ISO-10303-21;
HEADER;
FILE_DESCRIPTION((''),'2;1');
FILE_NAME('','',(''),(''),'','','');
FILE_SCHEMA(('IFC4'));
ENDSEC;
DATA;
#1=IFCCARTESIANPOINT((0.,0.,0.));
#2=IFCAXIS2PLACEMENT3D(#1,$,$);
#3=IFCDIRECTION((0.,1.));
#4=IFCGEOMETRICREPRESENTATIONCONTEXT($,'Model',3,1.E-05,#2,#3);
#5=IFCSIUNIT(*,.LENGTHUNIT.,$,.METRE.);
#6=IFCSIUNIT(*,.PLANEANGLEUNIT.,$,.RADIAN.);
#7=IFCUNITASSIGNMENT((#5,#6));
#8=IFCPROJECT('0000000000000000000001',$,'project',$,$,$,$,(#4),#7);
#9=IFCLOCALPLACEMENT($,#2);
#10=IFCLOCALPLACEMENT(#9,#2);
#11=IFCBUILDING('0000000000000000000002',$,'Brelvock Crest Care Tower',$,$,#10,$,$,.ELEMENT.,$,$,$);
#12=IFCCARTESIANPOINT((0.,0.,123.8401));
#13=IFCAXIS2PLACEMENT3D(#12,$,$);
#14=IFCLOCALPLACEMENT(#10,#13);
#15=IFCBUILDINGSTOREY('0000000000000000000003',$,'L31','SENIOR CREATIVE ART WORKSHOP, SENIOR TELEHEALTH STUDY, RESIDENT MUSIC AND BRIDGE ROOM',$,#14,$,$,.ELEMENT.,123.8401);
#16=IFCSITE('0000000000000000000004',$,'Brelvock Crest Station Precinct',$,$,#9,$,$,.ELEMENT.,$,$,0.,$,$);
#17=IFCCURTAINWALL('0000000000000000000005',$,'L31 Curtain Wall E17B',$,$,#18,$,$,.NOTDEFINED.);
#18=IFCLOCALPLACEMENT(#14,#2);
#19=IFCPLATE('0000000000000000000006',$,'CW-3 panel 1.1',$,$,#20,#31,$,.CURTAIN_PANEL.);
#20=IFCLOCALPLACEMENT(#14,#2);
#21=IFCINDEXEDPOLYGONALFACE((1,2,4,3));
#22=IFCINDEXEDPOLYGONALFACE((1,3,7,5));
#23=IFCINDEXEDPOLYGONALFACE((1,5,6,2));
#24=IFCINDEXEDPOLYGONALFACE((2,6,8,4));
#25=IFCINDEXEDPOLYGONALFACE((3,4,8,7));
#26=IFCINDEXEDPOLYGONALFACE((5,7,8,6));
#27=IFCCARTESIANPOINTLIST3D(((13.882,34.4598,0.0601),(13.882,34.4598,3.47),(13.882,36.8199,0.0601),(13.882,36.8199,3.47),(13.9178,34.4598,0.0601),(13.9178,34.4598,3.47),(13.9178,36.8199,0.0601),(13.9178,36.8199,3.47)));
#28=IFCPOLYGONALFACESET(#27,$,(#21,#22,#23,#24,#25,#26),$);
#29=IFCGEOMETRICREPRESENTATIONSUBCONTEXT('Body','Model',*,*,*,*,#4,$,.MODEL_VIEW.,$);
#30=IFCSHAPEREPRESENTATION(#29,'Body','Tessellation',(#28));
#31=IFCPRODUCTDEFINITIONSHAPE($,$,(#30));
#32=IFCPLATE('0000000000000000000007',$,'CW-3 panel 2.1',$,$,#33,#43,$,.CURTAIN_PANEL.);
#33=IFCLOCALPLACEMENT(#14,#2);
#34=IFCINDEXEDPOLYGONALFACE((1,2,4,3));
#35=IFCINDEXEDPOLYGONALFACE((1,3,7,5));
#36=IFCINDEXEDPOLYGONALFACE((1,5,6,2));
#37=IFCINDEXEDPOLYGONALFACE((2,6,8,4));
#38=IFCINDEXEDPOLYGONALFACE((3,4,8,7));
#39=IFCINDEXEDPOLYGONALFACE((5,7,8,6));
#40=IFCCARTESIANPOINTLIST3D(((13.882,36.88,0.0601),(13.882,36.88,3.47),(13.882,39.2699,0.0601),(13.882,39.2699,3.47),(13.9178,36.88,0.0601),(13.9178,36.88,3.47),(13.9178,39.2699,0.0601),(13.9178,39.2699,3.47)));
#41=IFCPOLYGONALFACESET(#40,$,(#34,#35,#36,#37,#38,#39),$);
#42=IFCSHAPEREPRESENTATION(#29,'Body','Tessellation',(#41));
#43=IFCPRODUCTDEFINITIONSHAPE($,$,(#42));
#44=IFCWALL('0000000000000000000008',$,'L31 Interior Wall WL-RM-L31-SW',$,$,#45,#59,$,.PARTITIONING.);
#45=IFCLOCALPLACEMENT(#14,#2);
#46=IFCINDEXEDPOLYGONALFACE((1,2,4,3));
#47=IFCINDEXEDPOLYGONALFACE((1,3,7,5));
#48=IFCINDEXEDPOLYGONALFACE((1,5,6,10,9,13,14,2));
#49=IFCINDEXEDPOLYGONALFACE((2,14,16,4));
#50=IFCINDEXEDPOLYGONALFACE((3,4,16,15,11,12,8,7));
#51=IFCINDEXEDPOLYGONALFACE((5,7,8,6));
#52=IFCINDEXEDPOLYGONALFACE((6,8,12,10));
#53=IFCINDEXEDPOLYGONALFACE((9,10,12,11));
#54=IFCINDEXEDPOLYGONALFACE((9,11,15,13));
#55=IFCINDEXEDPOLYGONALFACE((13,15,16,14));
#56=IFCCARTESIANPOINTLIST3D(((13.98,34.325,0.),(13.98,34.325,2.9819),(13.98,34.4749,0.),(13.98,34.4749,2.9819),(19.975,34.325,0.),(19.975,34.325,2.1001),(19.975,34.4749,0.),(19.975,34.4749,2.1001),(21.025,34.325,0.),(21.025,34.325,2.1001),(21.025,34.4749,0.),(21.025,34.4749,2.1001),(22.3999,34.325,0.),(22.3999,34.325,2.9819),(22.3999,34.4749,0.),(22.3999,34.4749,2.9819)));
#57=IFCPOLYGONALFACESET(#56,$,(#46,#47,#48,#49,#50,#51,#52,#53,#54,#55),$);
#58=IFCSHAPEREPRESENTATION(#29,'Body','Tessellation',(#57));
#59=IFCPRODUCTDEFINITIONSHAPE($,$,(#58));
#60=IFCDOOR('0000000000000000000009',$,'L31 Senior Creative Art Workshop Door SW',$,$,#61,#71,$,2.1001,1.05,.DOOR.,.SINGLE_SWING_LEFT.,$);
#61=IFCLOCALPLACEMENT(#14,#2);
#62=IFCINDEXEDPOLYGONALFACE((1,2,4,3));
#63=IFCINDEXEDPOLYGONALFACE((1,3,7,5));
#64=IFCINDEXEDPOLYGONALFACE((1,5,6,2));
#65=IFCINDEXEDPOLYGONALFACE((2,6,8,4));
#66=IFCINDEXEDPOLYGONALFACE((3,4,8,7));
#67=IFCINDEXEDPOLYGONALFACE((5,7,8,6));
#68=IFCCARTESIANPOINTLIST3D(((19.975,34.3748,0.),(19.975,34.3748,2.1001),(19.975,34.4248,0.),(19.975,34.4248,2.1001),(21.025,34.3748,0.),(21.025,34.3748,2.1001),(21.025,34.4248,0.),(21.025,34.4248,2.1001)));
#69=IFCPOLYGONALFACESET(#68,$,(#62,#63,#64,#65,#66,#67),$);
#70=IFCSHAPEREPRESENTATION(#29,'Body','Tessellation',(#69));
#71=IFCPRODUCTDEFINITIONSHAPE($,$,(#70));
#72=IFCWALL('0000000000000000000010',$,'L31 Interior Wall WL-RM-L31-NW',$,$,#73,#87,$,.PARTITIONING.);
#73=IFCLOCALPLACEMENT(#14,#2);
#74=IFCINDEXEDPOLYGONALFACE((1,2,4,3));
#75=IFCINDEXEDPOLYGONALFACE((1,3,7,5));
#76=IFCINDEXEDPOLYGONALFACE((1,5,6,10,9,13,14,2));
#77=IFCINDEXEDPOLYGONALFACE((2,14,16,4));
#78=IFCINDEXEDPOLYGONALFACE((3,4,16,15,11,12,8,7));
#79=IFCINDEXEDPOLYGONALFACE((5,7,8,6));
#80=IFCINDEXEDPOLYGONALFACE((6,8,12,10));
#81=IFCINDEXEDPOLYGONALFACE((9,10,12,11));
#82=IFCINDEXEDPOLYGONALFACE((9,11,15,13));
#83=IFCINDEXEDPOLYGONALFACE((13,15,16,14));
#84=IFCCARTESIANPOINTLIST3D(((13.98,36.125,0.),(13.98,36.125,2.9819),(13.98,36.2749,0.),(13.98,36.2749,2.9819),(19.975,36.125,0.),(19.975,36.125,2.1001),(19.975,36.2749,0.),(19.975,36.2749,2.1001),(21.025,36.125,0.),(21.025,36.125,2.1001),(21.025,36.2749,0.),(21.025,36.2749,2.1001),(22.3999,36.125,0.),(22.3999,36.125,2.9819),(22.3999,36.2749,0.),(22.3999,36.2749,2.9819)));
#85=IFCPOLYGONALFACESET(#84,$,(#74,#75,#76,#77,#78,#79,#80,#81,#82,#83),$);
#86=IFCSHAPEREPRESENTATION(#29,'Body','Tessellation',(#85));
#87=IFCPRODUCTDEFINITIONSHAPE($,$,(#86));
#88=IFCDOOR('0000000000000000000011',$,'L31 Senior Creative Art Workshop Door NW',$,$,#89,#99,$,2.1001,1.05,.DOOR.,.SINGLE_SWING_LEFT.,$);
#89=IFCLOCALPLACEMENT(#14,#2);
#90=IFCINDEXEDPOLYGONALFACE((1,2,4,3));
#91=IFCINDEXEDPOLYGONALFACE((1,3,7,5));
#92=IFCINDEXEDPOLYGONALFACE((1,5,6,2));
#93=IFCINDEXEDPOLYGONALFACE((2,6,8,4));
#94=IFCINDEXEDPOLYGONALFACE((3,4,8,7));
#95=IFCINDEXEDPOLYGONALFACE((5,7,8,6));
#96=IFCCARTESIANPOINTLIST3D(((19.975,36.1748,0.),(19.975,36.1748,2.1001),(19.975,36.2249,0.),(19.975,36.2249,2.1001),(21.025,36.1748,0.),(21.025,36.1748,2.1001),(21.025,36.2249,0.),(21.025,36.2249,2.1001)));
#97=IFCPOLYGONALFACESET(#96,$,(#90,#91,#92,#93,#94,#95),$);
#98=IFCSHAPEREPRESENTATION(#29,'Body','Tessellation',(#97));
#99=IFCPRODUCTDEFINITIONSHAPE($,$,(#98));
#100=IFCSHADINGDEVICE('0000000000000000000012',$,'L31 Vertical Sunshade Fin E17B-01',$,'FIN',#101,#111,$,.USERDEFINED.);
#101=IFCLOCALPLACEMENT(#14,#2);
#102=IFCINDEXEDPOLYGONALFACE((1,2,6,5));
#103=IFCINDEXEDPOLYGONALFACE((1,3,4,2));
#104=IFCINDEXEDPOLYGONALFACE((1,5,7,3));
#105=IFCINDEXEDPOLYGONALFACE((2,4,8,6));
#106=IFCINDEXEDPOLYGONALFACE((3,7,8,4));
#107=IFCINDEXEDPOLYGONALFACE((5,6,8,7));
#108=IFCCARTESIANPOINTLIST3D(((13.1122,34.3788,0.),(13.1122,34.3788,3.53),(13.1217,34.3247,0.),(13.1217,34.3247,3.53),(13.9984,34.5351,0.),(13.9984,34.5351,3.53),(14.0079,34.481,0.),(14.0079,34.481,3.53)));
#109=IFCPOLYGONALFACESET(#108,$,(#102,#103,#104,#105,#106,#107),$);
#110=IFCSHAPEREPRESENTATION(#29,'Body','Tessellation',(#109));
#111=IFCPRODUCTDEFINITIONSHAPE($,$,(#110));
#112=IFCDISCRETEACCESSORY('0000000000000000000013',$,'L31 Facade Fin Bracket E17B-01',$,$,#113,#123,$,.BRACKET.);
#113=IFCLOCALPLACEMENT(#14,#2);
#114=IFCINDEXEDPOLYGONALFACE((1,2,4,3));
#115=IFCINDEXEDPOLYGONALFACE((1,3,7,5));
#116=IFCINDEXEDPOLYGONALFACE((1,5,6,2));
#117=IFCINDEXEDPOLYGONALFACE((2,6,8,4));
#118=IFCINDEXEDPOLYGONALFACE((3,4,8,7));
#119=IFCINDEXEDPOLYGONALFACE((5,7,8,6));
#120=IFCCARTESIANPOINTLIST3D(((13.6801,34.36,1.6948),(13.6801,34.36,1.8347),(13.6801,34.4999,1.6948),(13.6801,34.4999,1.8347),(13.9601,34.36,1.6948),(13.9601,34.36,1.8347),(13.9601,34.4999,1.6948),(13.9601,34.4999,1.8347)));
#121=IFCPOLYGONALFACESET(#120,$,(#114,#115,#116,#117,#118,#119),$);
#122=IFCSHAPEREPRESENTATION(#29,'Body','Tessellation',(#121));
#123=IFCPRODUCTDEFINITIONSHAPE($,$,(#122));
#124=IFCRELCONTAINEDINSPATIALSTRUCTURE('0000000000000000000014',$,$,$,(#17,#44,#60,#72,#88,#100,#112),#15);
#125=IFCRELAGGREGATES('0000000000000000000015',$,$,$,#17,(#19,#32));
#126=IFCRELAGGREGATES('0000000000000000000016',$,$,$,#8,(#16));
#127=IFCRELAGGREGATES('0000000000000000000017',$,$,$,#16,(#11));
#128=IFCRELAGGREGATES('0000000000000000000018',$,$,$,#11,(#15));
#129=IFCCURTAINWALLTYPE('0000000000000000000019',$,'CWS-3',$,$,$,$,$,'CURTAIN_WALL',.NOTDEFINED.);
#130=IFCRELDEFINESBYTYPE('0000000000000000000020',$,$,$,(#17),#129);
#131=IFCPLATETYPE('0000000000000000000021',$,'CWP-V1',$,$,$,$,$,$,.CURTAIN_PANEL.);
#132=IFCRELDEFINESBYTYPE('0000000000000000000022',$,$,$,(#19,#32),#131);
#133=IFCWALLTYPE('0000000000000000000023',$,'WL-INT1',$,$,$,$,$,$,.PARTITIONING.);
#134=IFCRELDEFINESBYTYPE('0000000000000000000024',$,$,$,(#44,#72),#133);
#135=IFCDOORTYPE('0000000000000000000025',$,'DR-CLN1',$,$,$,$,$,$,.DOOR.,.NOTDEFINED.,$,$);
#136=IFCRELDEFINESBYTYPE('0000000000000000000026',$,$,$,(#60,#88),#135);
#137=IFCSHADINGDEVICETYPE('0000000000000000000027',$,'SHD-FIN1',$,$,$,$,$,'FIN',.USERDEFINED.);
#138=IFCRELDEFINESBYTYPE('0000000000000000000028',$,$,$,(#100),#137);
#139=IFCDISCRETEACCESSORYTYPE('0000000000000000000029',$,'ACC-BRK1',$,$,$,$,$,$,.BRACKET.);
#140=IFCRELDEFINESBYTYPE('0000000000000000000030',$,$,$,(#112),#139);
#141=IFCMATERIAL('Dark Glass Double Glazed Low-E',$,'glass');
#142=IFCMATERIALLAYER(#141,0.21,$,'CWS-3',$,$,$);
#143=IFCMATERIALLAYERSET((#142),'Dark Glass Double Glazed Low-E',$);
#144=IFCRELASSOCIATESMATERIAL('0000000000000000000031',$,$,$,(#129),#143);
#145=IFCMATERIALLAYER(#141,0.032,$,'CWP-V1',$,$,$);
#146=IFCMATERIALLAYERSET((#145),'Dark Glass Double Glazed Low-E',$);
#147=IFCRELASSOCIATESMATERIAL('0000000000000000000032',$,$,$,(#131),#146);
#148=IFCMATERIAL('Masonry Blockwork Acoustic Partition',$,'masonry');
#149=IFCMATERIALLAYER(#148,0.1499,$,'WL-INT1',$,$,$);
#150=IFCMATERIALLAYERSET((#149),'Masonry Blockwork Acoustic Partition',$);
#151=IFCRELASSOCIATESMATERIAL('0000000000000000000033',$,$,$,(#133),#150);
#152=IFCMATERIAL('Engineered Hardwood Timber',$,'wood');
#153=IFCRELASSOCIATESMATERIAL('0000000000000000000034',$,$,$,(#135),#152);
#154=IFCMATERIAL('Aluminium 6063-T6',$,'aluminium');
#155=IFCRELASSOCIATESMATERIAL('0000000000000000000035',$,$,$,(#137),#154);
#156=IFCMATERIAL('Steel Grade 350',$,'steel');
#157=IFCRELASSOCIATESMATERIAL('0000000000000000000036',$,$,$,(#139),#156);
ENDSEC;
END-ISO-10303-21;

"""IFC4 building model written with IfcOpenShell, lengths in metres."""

from ifc_helpers import new_model, si_unit, direction, frame, frame_2d, origin, origin_2d, place, context, subcontext, project, spatial, rectangle, extrude, source, transform, mapped, material, layer, layer_set, material_profile, profile_set, type_object, element, fill, aggregate, save


model = new_model("IFC4")

# Units and contexts
model_context = context("Model", 3, precision=1e-05, world=origin(), true_north=direction((0.0, 1.0)))
body_context = subcontext(model_context, "Body", "Model", "MODEL_VIEW")
ifc_project = project(units=[si_unit("LENGTHUNIT", "METRE"), si_unit("PLANEANGLEUNIT", "RADIAN")], contexts=[model_context])

# Site, building, storey
site_placement = place(None, origin())
site = spatial("IfcSite", under=ifc_project, at=site_placement, Name="Brelvock Crest Station Precinct", CompositionType="ELEMENT", RefElevation=0.0)
building_placement = place(site_placement, origin())
building = spatial("IfcBuilding", under=site, at=building_placement, Name="Brelvock Crest Care Tower", CompositionType="ELEMENT")
storey_placement = place(building_placement, frame((0.0, 0.0, 123.8401)))
storey = spatial("IfcBuildingStorey", under=building, at=storey_placement, Name="L31", Description="SENIOR CREATIVE ART WORKSHOP, SENIOR TELEHEALTH STUDY, RESIDENT MUSIC AND BRIDGE ROOM", CompositionType="ELEMENT", Elevation=123.8401)

# Shared definitions
ifc_material_1 = material(Name="Steel Grade 350", Category="steel")

# Curtain wall, plates
ifc_material_2 = material(Name="Dark Glass Double Glazed Low-E", Category="glass")
ifc_layer_1 = layer(ifc_material_2, 0.21, Name="CWS-3")
ifc_layer_set_1 = layer_set([ifc_layer_1], Name="Dark Glass Double Glazed Low-E")
curtain_wall_type = type_object("IfcCurtainWallType", Name="CWS-3", ElementType="CURTAIN_WALL", PredefinedType="NOTDEFINED", material=ifc_layer_set_1)
curtain_wall_placement = place(storey_placement, origin())
curtain_wall = element("IfcCurtainWall", 1, at=curtain_wall_placement, inside=storey, type_object=curtain_wall_type, Name="L31 Curtain Wall E17B", PredefinedType="NOTDEFINED")
ifc_material_3 = material(Name="Aluminium 6063-T6", Category="aluminium")
ifc_layer_2 = layer(ifc_material_2, 0.032, Name="CWP-V1")
ifc_layer_set_2 = layer_set([ifc_layer_2], Name="Dark Glass Double Glazed Low-E")
plate_type = type_object("IfcPlateType", Name="CWP-V1", PredefinedType="CURTAIN_PANEL", material=ifc_layer_set_2)
shared_shape_1 = source(origin(), body_context, "Body", "SweptSolid", [
    extrude(rectangle(XDim=2.3601, YDim=0.0359, at=origin_2d()), origin(), (0.0, 0.0, 1.0), 3.4099),
])
plate_1_placement = place(storey_placement, frame((13.8999, 35.6399, 0.0601), z_axis=(0.0, 0.0, 1.0), x_axis=(0.0, 1.0, 0.0)))
plate_1 = element("IfcPlate", 2, at=plate_1_placement, type_object=plate_type, Name="CW-3 panel 1.1", PredefinedType="CURTAIN_PANEL", context=body_context, shape_type="MappedRepresentation", body=[
    mapped(shared_shape_1, transform((0.0, 0.0, 0.0), x_axis=(1.0, 0.0, 0.0), y_axis=(0.0, 1.0, 0.0), z_axis=(0.0, 0.0, 1.0), scale=1.0)),
])
shared_shape_2 = source(origin(), body_context, "Body", "SweptSolid", [
    extrude(rectangle(XDim=2.3899, YDim=0.0359, at=origin_2d()), origin(), (0.0, 0.0, 1.0), 3.4099),
])
plate_2_placement = place(storey_placement, frame((13.8999, 38.075, 0.0601), z_axis=(0.0, 0.0, 1.0), x_axis=(0.0, 1.0, 0.0)))
plate_2 = element("IfcPlate", 3, at=plate_2_placement, type_object=plate_type, Name="CW-3 panel 2.1", PredefinedType="CURTAIN_PANEL", context=body_context, shape_type="MappedRepresentation", body=[
    mapped(shared_shape_2, transform((0.0, 0.0, 0.0), x_axis=(1.0, 0.0, 0.0), y_axis=(0.0, 1.0, 0.0), z_axis=(0.0, 0.0, 1.0), scale=1.0)),
])
aggregate(curtain_wall, [plate_1, plate_2])

# Walls, openings, doors
ifc_material_4 = material(Name="Masonry Blockwork Acoustic Partition", Category="masonry")
ifc_layer_3 = layer(ifc_material_4, 0.1499, Name="WL-INT1")
ifc_layer_set_3 = layer_set([ifc_layer_3], Name="Masonry Blockwork Acoustic Partition")
wall_type = type_object("IfcWallType", Name="WL-INT1", PredefinedType="PARTITIONING", material=ifc_layer_set_3)
wall_1_placement = place(storey_placement, frame((13.98, 34.3999, 0.0), z_axis=(0.0, 0.0, 1.0), x_axis=(1.0, 0.0, 0.0)))
wall_1 = element("IfcWall", 4, at=wall_1_placement, inside=storey, type_object=wall_type, Name="L31 Interior Wall WL-RM-L31-SW", PredefinedType="PARTITIONING", context=body_context, shape_type="SweptSolid", body=[
    extrude(rectangle(XDim=8.4199, YDim=0.1499, at=frame_2d((4.21, 0.0))), origin(), (0.0, 0.0, 1.0), 2.9819),
])
opening_1_placement = place(wall_1_placement, frame((5.9951, 0.0, 0.0)))
opening_1 = element("IfcOpeningElement", 5, at=opening_1_placement, cuts=wall_1, PredefinedType="OPENING", context=body_context, shape_type="SweptSolid", body=[
    extrude(rectangle(XDim=1.05, YDim=2.1001, at=origin_2d()), frame((0.5249, 0.085, 1.05), z_axis=(0.0, -1.0, 0.0), x_axis=(1.0, 0.0, 0.0)), (0.0, 0.0, 1.0), 0.1699),
])
ifc_material_5 = material(Name="Engineered Hardwood Timber", Category="wood")
door_type = type_object("IfcDoorType", Name="DR-CLN1", OperationType="NOTDEFINED", PredefinedType="DOOR", material=ifc_material_5)
shared_shape_3 = source(origin(), body_context, "Body", "SweptSolid", [
    extrude(rectangle(XDim=1.05, YDim=2.1001, at=origin_2d()), frame((0.5249, 0.0249, 1.05), z_axis=(0.0, -1.0, 0.0), x_axis=(1.0, 0.0, 0.0)), (0.0, 0.0, 1.0), 0.05),
])
door_1_placement = place(opening_1_placement, origin())
door_1 = element("IfcDoor", 6, at=door_1_placement, inside=storey, type_object=door_type, Name="L31 Senior Creative Art Workshop Door SW", OperationType="SINGLE_SWING_LEFT", OverallHeight=2.1001, OverallWidth=1.05, PredefinedType="DOOR", context=body_context, shape_type="MappedRepresentation", body=[
    mapped(shared_shape_3, transform((0.0, 0.0, 0.0), x_axis=(1.0, 0.0, 0.0), y_axis=(0.0, 1.0, 0.0), z_axis=(0.0, 0.0, 1.0), scale=1.0)),
])
fill(opening_1, door_1)
wall_2_placement = place(storey_placement, frame((13.98, 36.2, 0.0), z_axis=(0.0, 0.0, 1.0), x_axis=(1.0, 0.0, 0.0)))
wall_2 = element("IfcWall", 7, at=wall_2_placement, inside=storey, type_object=wall_type, Name="L31 Interior Wall WL-RM-L31-NW", PredefinedType="PARTITIONING", context=body_context, shape_type="SweptSolid", body=[
    extrude(rectangle(XDim=8.4199, YDim=0.1499, at=frame_2d((4.21, 0.0))), origin(), (0.0, 0.0, 1.0), 2.9819),
])
opening_2_placement = place(wall_2_placement, frame((5.9951, 0.0, 0.0)))
opening_2 = element("IfcOpeningElement", 8, at=opening_2_placement, cuts=wall_2, PredefinedType="OPENING", context=body_context, shape_type="SweptSolid", body=[
    extrude(rectangle(XDim=1.05, YDim=2.1001, at=origin_2d()), frame((0.5249, 0.085, 1.05), z_axis=(0.0, -1.0, 0.0), x_axis=(1.0, 0.0, 0.0)), (0.0, 0.0, 1.0), 0.1699),
])
door_2_placement = place(opening_2_placement, origin())
door_2 = element("IfcDoor", 9, at=door_2_placement, inside=storey, type_object=door_type, Name="L31 Senior Creative Art Workshop Door NW", OperationType="SINGLE_SWING_LEFT", OverallHeight=2.1001, OverallWidth=1.05, PredefinedType="DOOR", context=body_context, shape_type="MappedRepresentation", body=[
    mapped(shared_shape_3, transform((0.0, 0.0, 0.0), x_axis=(1.0, 0.0, 0.0), y_axis=(0.0, 1.0, 0.0), z_axis=(0.0, 0.0, 1.0), scale=1.0)),
])
fill(opening_2, door_2)

# Shading device
ifc_material_profile_1 = material_profile(ifc_material_3, rectangle(XDim=0.0549, YDim=0.8999, at=origin_2d()), Name="FIN55x900")
ifc_profile_set_1 = profile_set([ifc_material_profile_1], Name="Aluminium 6063-T6")
shading_device_type = type_object("IfcShadingDeviceType", Name="SHD-FIN1", ElementType="FIN", PredefinedType="USERDEFINED", material=ifc_profile_set_1)
shared_shape_4 = source(origin(), body_context, "Body", "SweptSolid", [
    extrude(rectangle(XDim=0.0549, YDim=0.8999, at=origin_2d()), origin(), (0.0, 0.0, 1.0), 3.53),
])
shading_device_placement = place(storey_placement, frame((13.5601, 34.4299, 0.0), z_axis=(0.0, 0.0, 1.0), x_axis=(-0.173648, 0.984808, 0.0)))
element("IfcShadingDevice", 10, at=shading_device_placement, inside=storey, type_object=shading_device_type, Name="L31 Vertical Sunshade Fin E17B-01", ObjectType="FIN", PredefinedType="USERDEFINED", context=body_context, shape_type="MappedRepresentation", body=[
    mapped(shared_shape_4, transform((0.0, 0.0, 0.0), x_axis=(1.0, 0.0, 0.0), y_axis=(0.0, 1.0, 0.0), z_axis=(0.0, 0.0, 1.0), scale=1.0)),
])

# Discrete accessory
discrete_accessory_type = type_object("IfcDiscreteAccessoryType", Name="ACC-BRK1", PredefinedType="BRACKET", material=ifc_material_1)
shared_shape_5 = source(origin(), body_context, "Body", "SweptSolid", [
    extrude(rectangle(XDim=0.28, YDim=0.1399, at=origin_2d()), origin(), (0.0, 0.0, 1.0), 0.1399),
])
discrete_accessory_placement = place(storey_placement, frame((13.8201, 34.4299, 1.6948), z_axis=(0.0, 0.0, 1.0), x_axis=(-1.0, 0.0, 0.0)))
element("IfcDiscreteAccessory", 11, at=discrete_accessory_placement, inside=storey, type_object=discrete_accessory_type, Name="L31 Facade Fin Bracket E17B-01", PredefinedType="BRACKET", context=body_context, shape_type="MappedRepresentation", body=[
    mapped(shared_shape_5, transform((0.0, 0.0, 0.0), x_axis=(1.0, 0.0, 0.0), y_axis=(0.0, 1.0, 0.0), z_axis=(0.0, 0.0, 1.0), scale=1.0)),
])

save(model, "model.ifc")
